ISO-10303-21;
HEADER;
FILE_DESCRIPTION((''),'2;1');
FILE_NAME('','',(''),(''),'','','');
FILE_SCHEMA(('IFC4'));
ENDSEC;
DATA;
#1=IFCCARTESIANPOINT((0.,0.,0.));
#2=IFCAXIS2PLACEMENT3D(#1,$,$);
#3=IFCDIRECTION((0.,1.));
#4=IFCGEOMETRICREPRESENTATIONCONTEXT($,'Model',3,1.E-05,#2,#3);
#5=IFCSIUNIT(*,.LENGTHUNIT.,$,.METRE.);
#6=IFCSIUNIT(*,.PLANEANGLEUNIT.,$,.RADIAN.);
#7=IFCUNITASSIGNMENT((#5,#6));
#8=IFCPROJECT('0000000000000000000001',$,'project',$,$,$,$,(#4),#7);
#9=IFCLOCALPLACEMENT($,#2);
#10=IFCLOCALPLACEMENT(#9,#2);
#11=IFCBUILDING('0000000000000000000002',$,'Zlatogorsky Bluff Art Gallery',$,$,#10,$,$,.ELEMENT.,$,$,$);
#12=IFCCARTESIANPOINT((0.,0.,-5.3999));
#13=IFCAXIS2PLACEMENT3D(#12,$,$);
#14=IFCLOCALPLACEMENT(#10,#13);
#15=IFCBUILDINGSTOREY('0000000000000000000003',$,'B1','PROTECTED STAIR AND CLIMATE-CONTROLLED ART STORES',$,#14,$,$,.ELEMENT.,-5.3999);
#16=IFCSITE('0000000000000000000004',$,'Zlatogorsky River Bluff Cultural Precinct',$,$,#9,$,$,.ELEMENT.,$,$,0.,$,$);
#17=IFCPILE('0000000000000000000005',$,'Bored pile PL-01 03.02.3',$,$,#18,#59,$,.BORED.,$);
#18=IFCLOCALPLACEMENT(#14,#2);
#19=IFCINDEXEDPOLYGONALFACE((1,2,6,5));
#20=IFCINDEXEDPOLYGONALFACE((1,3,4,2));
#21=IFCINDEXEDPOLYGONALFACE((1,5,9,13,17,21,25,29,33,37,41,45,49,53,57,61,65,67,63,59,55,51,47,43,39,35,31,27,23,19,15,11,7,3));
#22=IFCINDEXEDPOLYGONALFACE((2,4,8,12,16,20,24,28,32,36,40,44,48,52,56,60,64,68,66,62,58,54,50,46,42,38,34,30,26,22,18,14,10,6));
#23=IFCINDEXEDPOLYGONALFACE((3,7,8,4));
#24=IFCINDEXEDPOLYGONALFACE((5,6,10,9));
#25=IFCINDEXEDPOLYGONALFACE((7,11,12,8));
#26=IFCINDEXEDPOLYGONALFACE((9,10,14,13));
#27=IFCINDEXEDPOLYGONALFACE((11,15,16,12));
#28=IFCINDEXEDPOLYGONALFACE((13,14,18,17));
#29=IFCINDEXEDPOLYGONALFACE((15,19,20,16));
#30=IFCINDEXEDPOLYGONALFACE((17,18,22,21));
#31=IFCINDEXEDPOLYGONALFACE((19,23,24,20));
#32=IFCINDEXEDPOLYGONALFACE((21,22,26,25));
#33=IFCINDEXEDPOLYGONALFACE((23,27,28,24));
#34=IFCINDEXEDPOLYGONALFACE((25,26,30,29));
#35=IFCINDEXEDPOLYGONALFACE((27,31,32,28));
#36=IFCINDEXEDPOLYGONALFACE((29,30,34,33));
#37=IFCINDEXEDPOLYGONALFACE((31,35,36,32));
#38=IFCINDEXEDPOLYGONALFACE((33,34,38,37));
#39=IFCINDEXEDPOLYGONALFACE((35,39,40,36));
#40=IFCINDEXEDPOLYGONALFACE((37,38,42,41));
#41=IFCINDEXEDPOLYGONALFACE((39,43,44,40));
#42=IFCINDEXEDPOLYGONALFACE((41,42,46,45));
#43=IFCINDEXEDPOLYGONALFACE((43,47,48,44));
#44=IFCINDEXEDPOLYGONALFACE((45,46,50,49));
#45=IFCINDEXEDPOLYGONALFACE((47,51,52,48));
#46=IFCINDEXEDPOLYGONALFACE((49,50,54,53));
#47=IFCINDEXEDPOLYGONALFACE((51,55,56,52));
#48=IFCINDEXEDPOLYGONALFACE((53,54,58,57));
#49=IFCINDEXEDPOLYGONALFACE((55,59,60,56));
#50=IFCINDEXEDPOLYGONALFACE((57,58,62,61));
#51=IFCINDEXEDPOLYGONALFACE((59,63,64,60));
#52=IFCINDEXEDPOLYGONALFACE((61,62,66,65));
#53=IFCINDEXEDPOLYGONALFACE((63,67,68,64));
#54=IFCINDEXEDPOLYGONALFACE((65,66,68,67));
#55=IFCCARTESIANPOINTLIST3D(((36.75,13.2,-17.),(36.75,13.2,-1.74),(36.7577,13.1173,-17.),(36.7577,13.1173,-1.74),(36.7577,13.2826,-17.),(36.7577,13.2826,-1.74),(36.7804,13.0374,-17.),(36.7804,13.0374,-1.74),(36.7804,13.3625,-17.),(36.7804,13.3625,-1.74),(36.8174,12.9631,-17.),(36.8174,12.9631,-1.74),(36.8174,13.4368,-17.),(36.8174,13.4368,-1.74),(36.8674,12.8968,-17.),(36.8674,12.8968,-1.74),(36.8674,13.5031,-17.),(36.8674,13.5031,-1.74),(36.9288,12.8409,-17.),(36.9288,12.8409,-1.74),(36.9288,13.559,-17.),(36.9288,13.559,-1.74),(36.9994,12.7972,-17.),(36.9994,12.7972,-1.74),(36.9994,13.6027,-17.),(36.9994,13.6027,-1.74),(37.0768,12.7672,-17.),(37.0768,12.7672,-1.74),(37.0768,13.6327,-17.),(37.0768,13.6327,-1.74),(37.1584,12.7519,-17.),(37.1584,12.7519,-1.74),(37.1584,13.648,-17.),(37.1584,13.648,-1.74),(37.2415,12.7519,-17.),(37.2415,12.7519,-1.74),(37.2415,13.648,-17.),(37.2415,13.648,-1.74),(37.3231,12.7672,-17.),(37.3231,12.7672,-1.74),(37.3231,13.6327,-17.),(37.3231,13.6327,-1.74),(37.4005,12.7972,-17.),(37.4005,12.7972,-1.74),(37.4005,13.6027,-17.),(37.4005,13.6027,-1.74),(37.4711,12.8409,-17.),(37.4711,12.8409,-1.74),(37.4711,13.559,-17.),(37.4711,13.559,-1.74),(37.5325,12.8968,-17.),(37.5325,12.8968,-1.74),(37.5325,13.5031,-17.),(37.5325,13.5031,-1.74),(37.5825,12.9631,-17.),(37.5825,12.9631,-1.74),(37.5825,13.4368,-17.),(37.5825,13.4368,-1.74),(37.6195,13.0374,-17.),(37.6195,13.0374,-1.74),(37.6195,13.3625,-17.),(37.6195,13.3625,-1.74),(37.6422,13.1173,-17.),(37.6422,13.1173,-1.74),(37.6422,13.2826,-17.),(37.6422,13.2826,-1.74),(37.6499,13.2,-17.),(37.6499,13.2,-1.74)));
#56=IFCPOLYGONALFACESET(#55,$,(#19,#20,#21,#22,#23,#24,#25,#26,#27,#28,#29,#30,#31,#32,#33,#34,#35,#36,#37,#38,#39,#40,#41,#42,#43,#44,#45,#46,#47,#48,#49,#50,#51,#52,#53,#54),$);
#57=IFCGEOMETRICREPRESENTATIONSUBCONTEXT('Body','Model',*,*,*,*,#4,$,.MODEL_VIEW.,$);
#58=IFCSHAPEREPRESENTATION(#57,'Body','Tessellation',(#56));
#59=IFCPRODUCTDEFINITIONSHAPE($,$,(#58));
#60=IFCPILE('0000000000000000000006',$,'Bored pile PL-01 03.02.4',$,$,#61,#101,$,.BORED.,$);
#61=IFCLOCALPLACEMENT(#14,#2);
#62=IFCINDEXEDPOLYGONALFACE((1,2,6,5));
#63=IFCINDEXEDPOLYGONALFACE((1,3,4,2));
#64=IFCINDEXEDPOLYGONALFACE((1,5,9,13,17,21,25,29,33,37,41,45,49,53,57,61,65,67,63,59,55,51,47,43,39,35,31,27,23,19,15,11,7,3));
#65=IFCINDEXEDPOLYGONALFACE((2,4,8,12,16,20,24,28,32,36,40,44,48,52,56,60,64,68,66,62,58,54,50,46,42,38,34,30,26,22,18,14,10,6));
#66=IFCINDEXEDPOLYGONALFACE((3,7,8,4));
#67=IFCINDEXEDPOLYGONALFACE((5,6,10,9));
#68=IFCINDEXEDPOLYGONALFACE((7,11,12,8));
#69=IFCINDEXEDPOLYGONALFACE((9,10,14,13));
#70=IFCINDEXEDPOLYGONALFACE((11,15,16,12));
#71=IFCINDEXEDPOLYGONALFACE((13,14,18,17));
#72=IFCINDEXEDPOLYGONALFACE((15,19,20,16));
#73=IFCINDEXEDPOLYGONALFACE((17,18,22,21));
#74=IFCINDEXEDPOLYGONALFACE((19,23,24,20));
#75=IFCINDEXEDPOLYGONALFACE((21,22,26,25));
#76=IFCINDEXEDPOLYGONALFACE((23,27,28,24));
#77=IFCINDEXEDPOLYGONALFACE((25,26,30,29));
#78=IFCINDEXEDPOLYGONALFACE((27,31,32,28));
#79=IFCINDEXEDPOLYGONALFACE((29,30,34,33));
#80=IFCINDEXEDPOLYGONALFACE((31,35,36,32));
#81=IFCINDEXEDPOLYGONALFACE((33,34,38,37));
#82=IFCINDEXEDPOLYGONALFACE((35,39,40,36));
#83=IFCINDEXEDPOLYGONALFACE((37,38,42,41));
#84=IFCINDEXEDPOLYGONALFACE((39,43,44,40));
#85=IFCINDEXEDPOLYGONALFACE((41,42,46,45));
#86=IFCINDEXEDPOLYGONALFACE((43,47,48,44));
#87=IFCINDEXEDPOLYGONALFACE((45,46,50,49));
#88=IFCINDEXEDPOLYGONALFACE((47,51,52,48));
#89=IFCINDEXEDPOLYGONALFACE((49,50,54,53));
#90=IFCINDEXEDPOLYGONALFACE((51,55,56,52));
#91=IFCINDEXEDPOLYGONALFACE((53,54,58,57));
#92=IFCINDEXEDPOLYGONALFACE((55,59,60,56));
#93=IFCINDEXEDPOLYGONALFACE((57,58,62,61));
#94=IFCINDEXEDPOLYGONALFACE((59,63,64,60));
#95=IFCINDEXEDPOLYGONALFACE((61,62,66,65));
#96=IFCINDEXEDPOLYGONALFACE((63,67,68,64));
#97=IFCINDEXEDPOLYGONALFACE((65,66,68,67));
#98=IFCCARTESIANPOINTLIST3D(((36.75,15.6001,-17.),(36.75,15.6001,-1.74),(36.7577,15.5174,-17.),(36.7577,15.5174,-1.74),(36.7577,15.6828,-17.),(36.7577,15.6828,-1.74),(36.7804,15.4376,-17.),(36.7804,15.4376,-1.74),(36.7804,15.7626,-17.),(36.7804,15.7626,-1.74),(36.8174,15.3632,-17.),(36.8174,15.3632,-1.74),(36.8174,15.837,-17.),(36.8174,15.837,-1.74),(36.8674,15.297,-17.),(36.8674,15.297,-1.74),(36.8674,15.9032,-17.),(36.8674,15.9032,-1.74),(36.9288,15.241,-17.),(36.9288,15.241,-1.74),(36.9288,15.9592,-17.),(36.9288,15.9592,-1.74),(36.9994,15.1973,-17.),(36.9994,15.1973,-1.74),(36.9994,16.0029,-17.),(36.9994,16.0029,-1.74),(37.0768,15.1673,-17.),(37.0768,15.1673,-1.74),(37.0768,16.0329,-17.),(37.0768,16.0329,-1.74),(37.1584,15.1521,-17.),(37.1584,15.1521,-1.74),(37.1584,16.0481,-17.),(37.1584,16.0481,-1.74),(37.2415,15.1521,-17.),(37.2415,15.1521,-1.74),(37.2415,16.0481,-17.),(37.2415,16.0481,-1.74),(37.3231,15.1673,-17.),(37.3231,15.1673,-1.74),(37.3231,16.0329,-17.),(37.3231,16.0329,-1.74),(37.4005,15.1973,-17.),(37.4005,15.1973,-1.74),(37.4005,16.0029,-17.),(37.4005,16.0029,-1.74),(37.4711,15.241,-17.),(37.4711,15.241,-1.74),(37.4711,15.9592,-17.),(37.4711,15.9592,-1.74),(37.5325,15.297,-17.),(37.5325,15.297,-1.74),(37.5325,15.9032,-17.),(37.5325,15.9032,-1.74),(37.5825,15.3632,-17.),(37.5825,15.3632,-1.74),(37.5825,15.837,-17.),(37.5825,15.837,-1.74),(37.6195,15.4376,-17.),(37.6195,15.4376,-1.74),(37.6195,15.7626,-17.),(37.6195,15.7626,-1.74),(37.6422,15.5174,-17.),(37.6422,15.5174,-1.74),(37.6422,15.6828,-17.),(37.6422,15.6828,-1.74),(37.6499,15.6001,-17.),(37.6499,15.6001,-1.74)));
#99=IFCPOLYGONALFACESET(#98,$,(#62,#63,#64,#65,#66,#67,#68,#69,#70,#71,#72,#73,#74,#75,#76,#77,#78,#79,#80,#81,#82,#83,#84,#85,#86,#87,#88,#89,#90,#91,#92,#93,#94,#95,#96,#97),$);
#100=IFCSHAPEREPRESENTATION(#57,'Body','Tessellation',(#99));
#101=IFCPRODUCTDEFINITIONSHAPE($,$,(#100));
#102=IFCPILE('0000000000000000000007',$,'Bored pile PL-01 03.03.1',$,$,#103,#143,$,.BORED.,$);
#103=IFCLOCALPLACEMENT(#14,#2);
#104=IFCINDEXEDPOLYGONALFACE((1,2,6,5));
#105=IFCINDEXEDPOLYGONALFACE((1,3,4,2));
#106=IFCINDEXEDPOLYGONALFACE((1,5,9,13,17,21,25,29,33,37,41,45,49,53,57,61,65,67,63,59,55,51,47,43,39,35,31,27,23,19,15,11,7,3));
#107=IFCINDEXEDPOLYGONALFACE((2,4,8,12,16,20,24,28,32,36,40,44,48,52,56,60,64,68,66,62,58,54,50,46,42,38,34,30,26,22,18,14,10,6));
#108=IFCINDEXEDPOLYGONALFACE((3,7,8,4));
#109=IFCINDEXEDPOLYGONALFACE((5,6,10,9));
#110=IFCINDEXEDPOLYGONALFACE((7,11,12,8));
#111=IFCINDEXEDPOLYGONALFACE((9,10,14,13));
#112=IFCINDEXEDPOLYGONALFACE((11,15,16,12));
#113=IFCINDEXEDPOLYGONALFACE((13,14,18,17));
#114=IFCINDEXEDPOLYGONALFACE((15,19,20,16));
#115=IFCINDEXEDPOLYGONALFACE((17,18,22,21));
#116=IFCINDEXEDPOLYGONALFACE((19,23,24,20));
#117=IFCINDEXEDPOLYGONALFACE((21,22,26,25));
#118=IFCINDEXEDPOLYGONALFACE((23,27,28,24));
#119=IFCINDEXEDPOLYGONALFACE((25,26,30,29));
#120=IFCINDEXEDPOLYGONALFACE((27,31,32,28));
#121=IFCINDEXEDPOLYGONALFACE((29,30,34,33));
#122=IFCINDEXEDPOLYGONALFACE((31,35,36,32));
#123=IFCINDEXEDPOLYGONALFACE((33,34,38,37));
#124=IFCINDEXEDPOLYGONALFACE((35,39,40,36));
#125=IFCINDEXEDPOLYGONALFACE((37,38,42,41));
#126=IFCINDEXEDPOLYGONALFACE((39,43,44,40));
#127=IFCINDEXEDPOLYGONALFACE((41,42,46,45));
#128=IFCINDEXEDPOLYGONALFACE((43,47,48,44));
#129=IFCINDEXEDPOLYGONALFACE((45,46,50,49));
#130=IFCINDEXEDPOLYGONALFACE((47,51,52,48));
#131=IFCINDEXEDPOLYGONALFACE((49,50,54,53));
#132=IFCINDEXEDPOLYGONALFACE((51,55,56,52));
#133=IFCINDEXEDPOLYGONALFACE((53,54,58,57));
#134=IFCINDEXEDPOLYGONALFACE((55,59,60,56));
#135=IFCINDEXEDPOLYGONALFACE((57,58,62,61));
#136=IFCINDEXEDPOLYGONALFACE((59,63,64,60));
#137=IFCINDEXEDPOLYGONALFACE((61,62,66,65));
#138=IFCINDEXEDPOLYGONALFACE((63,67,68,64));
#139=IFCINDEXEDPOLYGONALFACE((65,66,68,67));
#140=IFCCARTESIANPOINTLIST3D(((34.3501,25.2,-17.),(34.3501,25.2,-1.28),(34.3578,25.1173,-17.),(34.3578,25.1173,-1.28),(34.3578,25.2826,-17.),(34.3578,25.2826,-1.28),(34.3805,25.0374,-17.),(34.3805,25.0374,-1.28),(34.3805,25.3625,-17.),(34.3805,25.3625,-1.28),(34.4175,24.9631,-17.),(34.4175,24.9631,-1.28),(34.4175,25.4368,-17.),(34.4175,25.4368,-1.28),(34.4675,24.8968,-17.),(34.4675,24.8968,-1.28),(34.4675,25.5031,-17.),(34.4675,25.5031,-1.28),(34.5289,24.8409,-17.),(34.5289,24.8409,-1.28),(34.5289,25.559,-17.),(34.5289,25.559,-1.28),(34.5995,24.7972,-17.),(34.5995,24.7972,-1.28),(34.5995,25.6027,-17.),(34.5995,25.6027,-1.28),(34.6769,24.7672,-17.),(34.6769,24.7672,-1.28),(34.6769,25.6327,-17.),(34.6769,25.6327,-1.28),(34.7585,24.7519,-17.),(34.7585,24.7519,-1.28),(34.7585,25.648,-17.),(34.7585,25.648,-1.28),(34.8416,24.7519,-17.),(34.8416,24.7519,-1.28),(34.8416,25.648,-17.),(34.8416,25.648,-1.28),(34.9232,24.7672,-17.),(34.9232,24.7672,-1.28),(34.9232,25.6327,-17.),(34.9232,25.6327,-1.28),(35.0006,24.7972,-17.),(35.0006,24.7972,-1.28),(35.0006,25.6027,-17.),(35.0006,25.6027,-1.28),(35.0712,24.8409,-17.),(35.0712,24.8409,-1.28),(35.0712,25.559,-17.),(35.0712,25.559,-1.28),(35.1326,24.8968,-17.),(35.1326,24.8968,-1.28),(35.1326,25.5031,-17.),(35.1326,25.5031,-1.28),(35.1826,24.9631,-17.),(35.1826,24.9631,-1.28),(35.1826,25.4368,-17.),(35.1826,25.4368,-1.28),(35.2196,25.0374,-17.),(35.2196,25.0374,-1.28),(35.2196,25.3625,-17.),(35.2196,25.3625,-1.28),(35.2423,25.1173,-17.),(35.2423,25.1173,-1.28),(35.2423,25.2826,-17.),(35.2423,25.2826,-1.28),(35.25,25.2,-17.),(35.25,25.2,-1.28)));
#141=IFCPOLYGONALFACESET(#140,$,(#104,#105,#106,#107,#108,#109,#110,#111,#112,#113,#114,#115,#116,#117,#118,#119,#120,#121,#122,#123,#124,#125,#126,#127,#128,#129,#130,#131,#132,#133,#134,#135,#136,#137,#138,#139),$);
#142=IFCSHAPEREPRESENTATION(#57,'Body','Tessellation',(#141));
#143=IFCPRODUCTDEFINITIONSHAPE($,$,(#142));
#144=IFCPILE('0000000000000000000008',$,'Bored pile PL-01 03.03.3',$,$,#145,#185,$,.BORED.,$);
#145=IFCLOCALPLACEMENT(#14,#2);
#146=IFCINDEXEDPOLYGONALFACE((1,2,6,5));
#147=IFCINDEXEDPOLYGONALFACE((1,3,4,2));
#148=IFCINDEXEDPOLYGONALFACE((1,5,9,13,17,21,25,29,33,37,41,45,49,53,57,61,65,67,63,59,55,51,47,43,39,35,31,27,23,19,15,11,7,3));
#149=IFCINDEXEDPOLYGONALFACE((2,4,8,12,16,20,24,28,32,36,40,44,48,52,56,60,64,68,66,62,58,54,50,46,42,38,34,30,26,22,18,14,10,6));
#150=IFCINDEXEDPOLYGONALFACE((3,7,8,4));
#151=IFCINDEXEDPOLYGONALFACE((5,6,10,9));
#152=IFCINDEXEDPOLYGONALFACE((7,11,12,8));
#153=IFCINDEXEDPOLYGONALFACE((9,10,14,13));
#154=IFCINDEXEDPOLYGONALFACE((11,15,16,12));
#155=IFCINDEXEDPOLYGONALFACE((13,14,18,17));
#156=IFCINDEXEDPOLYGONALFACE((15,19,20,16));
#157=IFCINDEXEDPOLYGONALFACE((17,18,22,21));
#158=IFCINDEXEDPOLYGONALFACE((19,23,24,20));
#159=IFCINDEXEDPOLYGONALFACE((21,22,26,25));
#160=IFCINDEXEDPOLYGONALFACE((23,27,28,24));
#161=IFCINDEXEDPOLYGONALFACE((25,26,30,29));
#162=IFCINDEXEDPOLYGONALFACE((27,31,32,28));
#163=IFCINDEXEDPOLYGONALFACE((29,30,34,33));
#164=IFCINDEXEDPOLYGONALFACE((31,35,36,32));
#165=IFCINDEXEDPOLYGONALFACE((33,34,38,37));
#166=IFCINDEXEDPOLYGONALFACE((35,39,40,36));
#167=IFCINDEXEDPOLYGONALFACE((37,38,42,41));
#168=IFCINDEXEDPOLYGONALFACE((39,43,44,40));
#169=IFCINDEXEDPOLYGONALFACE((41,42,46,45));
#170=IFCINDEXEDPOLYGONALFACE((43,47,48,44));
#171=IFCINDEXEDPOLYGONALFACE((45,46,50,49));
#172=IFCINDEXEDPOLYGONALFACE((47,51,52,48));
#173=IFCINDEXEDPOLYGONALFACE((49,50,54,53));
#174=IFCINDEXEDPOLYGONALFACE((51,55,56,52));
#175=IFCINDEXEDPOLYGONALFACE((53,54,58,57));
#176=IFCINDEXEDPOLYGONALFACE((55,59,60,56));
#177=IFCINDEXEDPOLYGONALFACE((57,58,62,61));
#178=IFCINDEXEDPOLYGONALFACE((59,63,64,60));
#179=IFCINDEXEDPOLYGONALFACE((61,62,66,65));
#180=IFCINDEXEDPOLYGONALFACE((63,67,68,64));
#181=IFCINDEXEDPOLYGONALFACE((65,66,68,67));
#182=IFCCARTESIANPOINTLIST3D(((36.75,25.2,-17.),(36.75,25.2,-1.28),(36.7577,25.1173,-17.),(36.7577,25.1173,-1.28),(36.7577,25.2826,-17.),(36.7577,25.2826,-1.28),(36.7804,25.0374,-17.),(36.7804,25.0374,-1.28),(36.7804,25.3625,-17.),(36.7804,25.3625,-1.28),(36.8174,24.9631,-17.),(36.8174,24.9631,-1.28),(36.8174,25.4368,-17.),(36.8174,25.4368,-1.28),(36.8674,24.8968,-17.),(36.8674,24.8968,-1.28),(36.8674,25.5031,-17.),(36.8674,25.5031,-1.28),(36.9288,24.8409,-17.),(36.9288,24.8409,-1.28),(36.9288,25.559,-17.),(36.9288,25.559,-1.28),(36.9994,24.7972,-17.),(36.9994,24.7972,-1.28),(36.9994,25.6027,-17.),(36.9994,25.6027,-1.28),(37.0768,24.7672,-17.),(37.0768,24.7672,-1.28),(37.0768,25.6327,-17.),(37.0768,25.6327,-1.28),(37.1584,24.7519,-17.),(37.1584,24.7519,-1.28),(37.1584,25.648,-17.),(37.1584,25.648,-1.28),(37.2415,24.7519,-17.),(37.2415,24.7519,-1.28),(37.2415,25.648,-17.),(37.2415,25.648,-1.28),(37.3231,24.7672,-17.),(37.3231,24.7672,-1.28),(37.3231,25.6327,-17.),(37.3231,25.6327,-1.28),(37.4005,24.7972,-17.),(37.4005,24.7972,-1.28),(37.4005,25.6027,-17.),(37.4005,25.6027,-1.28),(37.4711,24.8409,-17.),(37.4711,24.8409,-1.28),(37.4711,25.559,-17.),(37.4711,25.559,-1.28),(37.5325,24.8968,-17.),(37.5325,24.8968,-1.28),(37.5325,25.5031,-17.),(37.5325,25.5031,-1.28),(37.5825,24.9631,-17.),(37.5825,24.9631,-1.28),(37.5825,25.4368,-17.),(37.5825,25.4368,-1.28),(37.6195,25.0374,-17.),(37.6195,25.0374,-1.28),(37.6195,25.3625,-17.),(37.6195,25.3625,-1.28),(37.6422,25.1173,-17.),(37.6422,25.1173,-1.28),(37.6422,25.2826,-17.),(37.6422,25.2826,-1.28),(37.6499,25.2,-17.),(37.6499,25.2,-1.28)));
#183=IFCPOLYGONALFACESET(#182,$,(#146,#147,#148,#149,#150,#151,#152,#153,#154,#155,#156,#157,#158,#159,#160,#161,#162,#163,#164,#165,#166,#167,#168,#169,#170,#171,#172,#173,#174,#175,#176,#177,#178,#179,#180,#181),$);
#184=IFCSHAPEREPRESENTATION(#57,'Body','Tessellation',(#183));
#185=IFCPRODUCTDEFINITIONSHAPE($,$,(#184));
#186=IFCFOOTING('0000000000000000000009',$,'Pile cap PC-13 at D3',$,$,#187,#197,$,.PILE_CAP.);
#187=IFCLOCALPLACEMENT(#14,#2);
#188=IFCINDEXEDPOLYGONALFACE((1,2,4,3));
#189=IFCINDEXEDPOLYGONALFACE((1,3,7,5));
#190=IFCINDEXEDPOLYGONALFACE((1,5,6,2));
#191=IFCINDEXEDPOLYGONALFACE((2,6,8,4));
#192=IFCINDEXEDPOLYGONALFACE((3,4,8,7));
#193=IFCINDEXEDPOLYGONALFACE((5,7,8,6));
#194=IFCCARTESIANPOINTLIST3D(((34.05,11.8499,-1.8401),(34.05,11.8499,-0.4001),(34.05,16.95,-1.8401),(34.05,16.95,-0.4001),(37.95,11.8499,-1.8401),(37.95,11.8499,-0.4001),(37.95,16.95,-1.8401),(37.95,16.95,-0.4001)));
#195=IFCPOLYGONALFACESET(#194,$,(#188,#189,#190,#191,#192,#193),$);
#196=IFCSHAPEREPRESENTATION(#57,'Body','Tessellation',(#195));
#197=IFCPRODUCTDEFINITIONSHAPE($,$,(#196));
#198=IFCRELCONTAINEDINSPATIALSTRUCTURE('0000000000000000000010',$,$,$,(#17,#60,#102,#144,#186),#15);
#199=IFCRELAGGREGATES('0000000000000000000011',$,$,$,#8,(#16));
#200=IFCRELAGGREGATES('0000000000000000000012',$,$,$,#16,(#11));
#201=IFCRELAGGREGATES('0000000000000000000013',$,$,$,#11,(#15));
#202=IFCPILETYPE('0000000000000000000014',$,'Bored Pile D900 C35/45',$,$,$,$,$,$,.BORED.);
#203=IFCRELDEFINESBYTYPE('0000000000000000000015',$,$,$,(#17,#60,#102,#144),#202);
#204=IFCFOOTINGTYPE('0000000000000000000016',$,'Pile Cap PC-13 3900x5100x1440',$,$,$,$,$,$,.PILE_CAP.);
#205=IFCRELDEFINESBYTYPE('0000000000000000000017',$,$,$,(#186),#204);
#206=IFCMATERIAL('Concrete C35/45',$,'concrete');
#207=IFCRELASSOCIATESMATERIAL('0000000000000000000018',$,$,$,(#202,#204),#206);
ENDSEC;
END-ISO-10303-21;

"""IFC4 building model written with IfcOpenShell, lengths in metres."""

from ifc_helpers import new_model, si_unit, direction, frame, origin, origin_2d, place, context, subcontext, project, spatial, rectangle, circle, extrude, material, material_profile, profile_set, type_object, element, save


model = new_model("IFC4")

# Units and contexts
model_context = context("Model", 3, precision=1e-05, world=origin(), true_north=direction((0.0, 1.0)))
body_context = subcontext(model_context, "Body", "Model", "MODEL_VIEW")
ifc_project = project(units=[si_unit("LENGTHUNIT", "METRE"), si_unit("PLANEANGLEUNIT", "RADIAN")], contexts=[model_context])

# Site, building, storey
site_placement = place(None, origin())
site = spatial("IfcSite", under=ifc_project, at=site_placement, Name="Zlatogorsky River Bluff Cultural Precinct", CompositionType="ELEMENT", RefElevation=0.0)
building_placement = place(site_placement, origin())
building = spatial("IfcBuilding", under=site, at=building_placement, Name="Zlatogorsky Bluff Art Gallery", CompositionType="ELEMENT")
storey_placement = place(building_placement, frame((0.0, 0.0, -5.3999)))
storey = spatial("IfcBuildingStorey", under=building, at=storey_placement, Name="B1", Description="PROTECTED STAIR AND CLIMATE-CONTROLLED ART STORES", CompositionType="ELEMENT", Elevation=-5.3999)

# Piles
ifc_material_1 = material(Name="Concrete C35/45", Category="concrete")
ifc_material_profile_1 = material_profile(ifc_material_1, circle(Radius=0.45, at=origin_2d()), Name="BORED PILE D900")
ifc_profile_set_1 = profile_set([ifc_material_profile_1], Name="Concrete C35/45")
pile_type = type_object("IfcPileType", Name="Bored Pile D900 C35/45", PredefinedType="BORED", material=ifc_profile_set_1)
for number, where, z_axis, x_axis, name in (
    (1, (37.2, 13.2, -1.74), (0.0, 0.0, -1.0), (1.0, 0.0, 0.0), "Bored pile PL-01 03.02.3"),
    (2, (37.2, 15.6001, -1.74), (0.0, 0.0, -1.0), (1.0, 0.0, 0.0), "Bored pile PL-01 03.02.4"),
):
    element("IfcPile", number, at=place(storey_placement, frame(where, z_axis=z_axis, x_axis=x_axis)), inside=storey, type_object=pile_type, Name=name, PredefinedType="BORED", context=body_context, shape_type="SweptSolid", body=[
        extrude(circle(Radius=0.45, at=origin_2d()), origin(), (0.0, 0.0, 1.0), 15.26),
    ])
for number, where, z_axis, x_axis, name in (
    (3, (34.8, 25.2, -1.28), (0.0, 0.0, -1.0), (1.0, 0.0, 0.0), "Bored pile PL-01 03.03.1"),
    (4, (37.2, 25.2, -1.28), (0.0, 0.0, -1.0), (1.0, 0.0, 0.0), "Bored pile PL-01 03.03.3"),
):
    element("IfcPile", number, at=place(storey_placement, frame(where, z_axis=z_axis, x_axis=x_axis)), inside=storey, type_object=pile_type, Name=name, PredefinedType="BORED", context=body_context, shape_type="SweptSolid", body=[
        extrude(circle(Radius=0.45, at=origin_2d()), origin(), (0.0, 0.0, 1.0), 15.72),
    ])

# Footing
footing_type = type_object("IfcFootingType", Name="Pile Cap PC-13 3900x5100x1440", PredefinedType="PILE_CAP", material=ifc_material_1)
footing_placement = place(storey_placement, frame((36.0, 14.3999, -1.8401), z_axis=(0.0, 0.0, 1.0), x_axis=(1.0, 0.0, 0.0)))
element("IfcFooting", 5, at=footing_placement, inside=storey, type_object=footing_type, Name="Pile cap PC-13 at D3", PredefinedType="PILE_CAP", context=body_context, shape_type="SweptSolid", body=[
    extrude(rectangle(XDim=3.8999, YDim=5.1001, at=origin_2d()), origin(), (0.0, 0.0, 1.0), 1.4399),
])

save(model, "model.ifc")
